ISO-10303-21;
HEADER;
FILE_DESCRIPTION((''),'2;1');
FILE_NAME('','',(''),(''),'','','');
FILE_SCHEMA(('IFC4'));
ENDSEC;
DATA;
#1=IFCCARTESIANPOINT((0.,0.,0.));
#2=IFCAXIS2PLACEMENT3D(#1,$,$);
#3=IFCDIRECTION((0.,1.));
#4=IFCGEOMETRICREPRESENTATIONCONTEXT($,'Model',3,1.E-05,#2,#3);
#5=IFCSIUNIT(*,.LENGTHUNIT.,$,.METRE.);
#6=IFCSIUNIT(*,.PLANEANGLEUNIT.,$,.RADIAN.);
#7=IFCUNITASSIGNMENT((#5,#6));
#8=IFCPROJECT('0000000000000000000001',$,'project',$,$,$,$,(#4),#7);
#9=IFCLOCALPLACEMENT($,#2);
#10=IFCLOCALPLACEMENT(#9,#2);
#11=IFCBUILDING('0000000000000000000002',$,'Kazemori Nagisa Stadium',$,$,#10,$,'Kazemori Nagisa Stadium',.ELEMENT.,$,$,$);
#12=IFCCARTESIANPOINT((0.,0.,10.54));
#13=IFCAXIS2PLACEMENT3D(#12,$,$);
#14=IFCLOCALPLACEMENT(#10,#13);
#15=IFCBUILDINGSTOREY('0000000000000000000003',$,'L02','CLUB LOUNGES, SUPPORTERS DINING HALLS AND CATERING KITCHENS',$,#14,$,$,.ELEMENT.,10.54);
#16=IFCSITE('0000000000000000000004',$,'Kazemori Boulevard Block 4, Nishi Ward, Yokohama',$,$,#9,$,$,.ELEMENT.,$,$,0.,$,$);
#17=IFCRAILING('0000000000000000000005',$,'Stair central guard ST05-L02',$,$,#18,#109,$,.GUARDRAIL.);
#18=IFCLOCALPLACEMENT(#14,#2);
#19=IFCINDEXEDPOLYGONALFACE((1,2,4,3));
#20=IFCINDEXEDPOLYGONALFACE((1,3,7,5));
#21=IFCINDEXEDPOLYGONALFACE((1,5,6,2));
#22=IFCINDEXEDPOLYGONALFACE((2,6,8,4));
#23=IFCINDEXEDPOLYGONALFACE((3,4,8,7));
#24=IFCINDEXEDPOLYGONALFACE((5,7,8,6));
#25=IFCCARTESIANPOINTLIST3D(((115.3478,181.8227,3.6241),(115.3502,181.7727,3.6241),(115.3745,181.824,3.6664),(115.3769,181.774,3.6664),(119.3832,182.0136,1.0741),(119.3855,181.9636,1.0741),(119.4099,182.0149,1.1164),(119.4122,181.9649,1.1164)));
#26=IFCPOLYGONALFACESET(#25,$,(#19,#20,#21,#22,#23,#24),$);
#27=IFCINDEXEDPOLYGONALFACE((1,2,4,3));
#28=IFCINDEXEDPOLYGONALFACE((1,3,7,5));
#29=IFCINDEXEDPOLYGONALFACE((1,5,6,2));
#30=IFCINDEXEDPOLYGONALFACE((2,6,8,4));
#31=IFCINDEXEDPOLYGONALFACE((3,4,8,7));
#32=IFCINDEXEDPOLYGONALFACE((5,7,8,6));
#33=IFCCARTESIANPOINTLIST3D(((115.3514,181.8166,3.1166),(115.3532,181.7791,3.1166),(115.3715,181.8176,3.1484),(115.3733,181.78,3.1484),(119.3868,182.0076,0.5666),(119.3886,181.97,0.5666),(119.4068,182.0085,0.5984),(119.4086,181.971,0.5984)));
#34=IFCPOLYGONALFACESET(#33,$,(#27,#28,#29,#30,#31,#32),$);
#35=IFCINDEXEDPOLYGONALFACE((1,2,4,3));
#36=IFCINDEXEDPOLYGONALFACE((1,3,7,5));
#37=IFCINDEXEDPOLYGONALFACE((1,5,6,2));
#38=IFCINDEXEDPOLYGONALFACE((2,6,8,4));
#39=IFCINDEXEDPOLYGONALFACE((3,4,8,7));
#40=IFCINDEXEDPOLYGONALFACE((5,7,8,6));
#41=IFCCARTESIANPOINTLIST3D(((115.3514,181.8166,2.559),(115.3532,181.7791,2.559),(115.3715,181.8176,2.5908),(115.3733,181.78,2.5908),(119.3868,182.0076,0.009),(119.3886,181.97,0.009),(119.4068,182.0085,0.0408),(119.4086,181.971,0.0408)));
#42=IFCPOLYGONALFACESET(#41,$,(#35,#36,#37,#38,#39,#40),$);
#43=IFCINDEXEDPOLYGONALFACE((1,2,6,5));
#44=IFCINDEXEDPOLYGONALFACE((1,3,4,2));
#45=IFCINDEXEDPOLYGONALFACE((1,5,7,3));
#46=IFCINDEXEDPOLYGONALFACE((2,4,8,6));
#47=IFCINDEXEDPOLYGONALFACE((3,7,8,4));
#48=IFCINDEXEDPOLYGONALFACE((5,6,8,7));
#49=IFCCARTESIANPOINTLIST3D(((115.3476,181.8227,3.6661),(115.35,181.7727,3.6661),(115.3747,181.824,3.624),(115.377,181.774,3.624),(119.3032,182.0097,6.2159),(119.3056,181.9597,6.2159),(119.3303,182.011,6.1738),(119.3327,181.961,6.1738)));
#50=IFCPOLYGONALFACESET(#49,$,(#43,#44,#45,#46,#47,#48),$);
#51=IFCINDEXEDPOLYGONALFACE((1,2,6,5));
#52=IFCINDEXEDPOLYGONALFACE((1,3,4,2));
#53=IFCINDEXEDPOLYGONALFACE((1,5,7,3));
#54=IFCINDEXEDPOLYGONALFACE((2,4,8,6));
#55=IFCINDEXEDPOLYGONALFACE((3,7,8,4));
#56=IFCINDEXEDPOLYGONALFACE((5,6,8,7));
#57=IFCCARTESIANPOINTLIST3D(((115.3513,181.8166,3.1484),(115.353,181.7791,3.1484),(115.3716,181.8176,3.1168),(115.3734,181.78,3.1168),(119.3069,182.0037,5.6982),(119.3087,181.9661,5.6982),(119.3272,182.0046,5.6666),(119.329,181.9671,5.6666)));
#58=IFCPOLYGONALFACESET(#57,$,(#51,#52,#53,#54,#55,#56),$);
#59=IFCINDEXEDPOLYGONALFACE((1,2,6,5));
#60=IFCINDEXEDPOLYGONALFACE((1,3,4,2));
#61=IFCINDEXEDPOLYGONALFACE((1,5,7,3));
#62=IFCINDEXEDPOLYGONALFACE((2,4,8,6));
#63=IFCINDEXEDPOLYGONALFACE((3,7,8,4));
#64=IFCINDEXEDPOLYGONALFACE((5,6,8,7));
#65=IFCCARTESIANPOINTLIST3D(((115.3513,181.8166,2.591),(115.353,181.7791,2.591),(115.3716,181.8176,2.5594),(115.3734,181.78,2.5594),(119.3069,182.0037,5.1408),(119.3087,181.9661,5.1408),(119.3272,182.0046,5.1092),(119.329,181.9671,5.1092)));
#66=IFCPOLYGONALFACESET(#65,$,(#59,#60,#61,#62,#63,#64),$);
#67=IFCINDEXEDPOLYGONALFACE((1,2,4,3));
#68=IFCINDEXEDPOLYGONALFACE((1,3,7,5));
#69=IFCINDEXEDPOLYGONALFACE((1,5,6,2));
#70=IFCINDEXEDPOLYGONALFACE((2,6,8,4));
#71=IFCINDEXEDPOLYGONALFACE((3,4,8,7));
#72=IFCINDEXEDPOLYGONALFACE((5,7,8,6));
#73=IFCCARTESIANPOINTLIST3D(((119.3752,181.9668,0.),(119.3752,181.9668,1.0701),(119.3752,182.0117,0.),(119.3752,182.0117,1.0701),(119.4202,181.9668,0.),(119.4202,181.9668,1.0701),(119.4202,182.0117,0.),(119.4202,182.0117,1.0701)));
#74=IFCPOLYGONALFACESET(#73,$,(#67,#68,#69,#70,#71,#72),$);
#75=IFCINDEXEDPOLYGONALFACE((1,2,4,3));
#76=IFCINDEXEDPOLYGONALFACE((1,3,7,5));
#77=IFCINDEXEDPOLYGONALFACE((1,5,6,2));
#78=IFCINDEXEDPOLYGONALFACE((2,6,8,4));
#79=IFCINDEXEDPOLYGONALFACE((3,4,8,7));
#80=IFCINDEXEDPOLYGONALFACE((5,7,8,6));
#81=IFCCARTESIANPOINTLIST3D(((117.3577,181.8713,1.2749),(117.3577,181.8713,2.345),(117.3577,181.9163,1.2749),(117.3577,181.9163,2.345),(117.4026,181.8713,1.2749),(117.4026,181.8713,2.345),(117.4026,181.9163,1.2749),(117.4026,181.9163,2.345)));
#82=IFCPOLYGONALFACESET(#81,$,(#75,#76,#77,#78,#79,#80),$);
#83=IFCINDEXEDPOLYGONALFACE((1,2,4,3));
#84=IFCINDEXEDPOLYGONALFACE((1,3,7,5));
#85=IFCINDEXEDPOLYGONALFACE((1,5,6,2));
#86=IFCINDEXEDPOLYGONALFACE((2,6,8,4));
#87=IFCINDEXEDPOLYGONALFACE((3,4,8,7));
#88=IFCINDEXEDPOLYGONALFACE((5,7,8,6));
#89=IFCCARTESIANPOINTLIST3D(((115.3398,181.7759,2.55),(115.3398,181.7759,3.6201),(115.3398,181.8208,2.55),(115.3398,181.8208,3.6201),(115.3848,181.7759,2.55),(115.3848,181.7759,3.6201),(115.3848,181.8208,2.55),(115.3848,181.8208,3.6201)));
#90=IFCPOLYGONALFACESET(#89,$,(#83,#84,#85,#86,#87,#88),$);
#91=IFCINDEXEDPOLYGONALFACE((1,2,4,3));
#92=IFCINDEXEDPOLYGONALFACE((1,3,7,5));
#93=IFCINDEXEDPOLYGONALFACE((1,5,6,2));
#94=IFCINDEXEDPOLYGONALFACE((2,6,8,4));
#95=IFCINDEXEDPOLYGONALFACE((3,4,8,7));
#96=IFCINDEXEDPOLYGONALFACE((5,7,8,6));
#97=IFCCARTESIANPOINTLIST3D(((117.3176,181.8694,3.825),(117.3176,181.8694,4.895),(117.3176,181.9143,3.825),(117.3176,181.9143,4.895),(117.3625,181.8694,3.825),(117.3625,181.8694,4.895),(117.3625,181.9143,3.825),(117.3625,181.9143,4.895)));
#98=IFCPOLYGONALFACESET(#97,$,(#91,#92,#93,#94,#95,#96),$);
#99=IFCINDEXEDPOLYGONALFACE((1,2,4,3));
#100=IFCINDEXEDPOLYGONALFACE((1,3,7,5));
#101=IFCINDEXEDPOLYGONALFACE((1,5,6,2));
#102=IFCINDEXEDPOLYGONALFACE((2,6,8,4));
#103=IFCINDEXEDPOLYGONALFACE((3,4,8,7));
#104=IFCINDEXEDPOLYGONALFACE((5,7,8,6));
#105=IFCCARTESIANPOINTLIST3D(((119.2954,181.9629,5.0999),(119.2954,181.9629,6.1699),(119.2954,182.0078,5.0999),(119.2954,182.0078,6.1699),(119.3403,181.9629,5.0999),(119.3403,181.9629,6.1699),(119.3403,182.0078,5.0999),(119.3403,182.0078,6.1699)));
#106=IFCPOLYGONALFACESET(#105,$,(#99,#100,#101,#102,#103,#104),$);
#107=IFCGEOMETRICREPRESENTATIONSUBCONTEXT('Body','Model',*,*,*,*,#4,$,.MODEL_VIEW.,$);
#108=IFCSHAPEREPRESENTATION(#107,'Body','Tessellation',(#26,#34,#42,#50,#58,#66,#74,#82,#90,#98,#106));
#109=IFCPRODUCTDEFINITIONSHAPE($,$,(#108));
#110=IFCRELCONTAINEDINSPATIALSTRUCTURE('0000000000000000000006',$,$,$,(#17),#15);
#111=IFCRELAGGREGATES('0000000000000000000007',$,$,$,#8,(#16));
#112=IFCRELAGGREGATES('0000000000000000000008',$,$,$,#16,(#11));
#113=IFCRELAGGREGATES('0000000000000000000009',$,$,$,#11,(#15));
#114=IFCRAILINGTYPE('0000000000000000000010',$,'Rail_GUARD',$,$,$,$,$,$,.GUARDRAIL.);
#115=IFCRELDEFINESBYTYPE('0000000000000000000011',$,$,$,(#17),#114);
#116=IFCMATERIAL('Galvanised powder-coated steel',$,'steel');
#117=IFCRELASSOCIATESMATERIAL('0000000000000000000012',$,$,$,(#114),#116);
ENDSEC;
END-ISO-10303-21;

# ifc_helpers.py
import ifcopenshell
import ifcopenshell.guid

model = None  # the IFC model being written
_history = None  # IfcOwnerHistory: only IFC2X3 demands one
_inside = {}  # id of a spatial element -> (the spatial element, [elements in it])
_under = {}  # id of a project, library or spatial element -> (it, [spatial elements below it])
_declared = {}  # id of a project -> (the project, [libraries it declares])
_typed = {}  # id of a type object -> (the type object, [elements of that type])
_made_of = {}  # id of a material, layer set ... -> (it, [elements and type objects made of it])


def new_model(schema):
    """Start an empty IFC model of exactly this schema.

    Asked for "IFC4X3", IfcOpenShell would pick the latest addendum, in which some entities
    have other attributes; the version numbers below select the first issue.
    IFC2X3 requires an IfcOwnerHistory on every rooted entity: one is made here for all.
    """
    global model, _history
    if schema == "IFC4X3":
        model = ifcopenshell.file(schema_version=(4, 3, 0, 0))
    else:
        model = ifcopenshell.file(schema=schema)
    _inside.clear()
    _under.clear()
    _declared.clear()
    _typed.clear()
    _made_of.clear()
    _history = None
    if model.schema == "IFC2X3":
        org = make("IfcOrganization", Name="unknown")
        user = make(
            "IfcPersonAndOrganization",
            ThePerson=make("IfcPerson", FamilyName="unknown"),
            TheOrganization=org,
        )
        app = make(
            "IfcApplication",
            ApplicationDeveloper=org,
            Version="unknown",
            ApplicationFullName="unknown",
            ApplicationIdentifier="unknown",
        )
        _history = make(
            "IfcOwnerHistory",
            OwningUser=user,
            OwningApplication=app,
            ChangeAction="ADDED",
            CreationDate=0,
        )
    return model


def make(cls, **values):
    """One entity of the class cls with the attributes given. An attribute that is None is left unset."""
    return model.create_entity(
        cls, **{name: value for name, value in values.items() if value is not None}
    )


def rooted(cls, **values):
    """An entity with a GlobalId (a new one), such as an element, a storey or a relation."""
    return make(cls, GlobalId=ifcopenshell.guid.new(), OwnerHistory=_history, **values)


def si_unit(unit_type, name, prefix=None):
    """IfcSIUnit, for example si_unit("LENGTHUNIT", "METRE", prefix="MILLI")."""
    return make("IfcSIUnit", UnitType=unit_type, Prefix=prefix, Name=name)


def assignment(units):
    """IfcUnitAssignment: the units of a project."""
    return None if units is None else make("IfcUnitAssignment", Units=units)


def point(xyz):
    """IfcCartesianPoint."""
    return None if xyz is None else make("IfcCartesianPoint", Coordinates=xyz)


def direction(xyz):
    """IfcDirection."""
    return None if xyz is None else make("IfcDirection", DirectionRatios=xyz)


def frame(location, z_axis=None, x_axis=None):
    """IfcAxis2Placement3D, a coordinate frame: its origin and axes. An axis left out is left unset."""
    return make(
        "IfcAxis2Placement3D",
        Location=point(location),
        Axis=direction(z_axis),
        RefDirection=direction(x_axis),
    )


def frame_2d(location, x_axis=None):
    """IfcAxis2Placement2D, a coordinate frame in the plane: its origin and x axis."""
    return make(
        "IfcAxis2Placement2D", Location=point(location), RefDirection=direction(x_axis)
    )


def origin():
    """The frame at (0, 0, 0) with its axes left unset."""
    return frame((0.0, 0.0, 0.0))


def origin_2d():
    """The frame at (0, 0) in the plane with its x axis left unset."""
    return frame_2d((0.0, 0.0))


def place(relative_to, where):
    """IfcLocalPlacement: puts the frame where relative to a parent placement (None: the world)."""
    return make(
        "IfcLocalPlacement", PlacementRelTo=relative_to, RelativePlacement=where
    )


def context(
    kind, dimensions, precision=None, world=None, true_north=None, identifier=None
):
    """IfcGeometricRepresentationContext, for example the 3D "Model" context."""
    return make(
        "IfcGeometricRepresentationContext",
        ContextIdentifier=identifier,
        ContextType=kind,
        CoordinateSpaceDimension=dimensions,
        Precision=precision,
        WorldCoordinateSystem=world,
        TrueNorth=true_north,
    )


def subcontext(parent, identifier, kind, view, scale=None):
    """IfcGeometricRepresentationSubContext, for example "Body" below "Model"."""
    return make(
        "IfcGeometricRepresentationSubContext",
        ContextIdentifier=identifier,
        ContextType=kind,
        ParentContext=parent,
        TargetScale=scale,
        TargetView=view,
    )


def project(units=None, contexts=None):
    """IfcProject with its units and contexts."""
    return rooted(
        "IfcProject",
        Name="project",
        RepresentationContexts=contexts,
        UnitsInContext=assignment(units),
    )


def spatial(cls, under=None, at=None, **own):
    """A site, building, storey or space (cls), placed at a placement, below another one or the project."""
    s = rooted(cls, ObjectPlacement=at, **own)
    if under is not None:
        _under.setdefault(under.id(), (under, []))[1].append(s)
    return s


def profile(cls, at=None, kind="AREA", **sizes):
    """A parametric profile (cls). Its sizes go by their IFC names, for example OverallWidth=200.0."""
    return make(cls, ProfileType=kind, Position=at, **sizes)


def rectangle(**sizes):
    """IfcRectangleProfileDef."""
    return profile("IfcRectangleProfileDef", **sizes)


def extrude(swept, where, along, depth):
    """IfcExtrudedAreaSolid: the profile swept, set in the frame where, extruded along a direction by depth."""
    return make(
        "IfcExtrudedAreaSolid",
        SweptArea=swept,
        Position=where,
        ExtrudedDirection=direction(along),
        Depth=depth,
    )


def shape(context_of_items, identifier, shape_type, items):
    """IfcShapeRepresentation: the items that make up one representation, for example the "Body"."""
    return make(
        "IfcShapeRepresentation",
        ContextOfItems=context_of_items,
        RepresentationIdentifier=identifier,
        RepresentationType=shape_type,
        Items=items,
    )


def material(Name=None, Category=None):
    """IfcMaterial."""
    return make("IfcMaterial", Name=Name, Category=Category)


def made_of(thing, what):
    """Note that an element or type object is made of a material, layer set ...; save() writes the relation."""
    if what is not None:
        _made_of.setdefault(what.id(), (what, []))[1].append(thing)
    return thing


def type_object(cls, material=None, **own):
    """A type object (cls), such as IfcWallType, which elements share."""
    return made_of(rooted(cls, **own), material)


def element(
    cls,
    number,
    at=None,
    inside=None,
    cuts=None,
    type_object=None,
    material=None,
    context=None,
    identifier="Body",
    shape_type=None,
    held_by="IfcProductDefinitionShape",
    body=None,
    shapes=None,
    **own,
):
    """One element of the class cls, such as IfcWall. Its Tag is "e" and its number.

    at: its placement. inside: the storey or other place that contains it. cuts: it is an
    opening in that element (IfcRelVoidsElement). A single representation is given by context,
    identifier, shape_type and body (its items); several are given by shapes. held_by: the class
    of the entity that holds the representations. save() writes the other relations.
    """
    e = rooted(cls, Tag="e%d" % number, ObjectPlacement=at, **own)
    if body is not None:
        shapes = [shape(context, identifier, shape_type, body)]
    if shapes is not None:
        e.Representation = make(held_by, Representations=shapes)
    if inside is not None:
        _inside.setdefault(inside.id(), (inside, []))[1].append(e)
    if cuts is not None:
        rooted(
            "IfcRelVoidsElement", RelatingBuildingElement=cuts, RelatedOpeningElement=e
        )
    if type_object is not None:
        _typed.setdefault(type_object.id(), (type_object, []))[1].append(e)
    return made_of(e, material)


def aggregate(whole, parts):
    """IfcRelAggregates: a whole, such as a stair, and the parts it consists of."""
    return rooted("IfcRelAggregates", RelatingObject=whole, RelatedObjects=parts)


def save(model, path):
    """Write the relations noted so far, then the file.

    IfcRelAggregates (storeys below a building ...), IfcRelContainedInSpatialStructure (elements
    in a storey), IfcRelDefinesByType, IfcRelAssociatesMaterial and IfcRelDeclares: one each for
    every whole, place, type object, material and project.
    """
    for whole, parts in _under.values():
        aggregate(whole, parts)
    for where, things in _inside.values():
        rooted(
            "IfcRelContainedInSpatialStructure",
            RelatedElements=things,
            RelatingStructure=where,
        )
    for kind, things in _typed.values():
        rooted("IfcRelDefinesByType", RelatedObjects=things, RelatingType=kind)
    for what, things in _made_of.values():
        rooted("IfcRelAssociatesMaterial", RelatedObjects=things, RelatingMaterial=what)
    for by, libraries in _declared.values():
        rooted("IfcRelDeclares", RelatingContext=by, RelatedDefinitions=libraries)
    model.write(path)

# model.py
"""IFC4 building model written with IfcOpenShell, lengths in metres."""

from ifc_helpers import new_model, si_unit, direction, frame, origin, origin_2d, place, context, subcontext, project, spatial, rectangle, extrude, material, type_object, element, save


model = new_model("IFC4")

# Units and contexts
model_context = context("Model", 3, precision=1e-05, world=origin(), true_north=direction((0.0, 1.0)))
body_context = subcontext(model_context, "Body", "Model", "MODEL_VIEW")
ifc_project = project(units=[si_unit("LENGTHUNIT", "METRE"), si_unit("PLANEANGLEUNIT", "RADIAN")], contexts=[model_context])

# Site, building, storey
site_placement = place(None, origin())
site = spatial("IfcSite", under=ifc_project, at=site_placement, Name="Kazemori Boulevard Block 4, Nishi Ward, Yokohama", CompositionType="ELEMENT", RefElevation=0.0)
building_placement = place(site_placement, origin())
building = spatial("IfcBuilding", under=site, at=building_placement, Name="Kazemori Nagisa Stadium", LongName="Kazemori Nagisa Stadium", CompositionType="ELEMENT")
storey_placement = place(building_placement, frame((0.0, 0.0, 10.54)))
storey = spatial("IfcBuildingStorey", under=building, at=storey_placement, Name="L02", Description="CLUB LOUNGES, SUPPORTERS DINING HALLS AND CATERING KITCHENS", CompositionType="ELEMENT", Elevation=10.54)

# Railing
ifc_material_1 = material(Name="Galvanised powder-coated steel", Category="steel")
railing_type_1 = type_object("IfcRailingType", Name="Rail_GUARD", PredefinedType="GUARDRAIL", material=ifc_material_1)
railing_1_placement = place(storey_placement, frame((119.3977, 181.9893, 0.0)))
element("IfcRailing", 1, at=railing_1_placement, inside=storey, type_object=railing_type_1, Name="Stair central guard ST05-L02", PredefinedType="GUARDRAIL", context=body_context, shape_type="SweptSolid", body=[
    extrude(rectangle(XDim=0.05, YDim=0.05, at=origin_2d()), frame((0.0, 0.0, 1.0952), z_axis=(-0.844684, -0.039963, 0.533772), x_axis=(0.047258, -0.998883, 0.0)), (0.0, 0.0, 1.0), 4.7773),
    extrude(rectangle(XDim=0.0376, YDim=0.0376, at=origin_2d()), frame((0.0, 0.0, 0.5825), z_axis=(-0.844684, -0.039963, 0.533772), x_axis=(0.047258, -0.998883, 0.0)), (0.0, 0.0, 1.0), 4.7773),
    extrude(rectangle(XDim=0.0376, YDim=0.0376, at=origin_2d()), frame((0.0, 0.0, 0.0249), z_axis=(-0.844684, -0.039963, 0.533772), x_axis=(0.047258, -0.998883, 0.0)), (0.0, 0.0, 1.0), 4.7773),
    extrude(rectangle(XDim=0.05, YDim=0.05, at=origin_2d()), frame((-4.0354, -0.1909, 3.645), z_axis=(0.839844, 0.039706, 0.541373), x_axis=(-0.047225, 0.998884, 0.0)), (0.0, 0.0, 1.0), 4.71),
    extrude(rectangle(XDim=0.0376, YDim=0.0376, at=origin_2d()), frame((-4.0354, -0.1909, 3.1326), z_axis=(0.839844, 0.039706, 0.541373), x_axis=(-0.047225, 0.998884, 0.0)), (0.0, 0.0, 1.0), 4.71),
    extrude(rectangle(XDim=0.0376, YDim=0.0376, at=origin_2d()), frame((-4.0354, -0.1909, 2.5752), z_axis=(0.839844, 0.039706, 0.541373), x_axis=(-0.047225, 0.998884, 0.0)), (0.0, 0.0, 1.0), 4.71),
    extrude(rectangle(XDim=0.0449, YDim=0.0449, at=origin_2d()), origin(), (0.0, 0.0, 1.0), 1.0701),
    extrude(rectangle(XDim=0.0449, YDim=0.0449, at=origin_2d()), frame((-2.0176, -0.0955, 1.2749)), (0.0, 0.0, 1.0), 1.0701),
    extrude(rectangle(XDim=0.0449, YDim=0.0449, at=origin_2d()), frame((-4.0354, -0.1909, 2.55)), (0.0, 0.0, 1.0), 1.0701),
    extrude(rectangle(XDim=0.0449, YDim=0.0449, at=origin_2d()), frame((-2.0576, -0.0974, 3.825)), (0.0, 0.0, 1.0), 1.0701),
    extrude(rectangle(XDim=0.0449, YDim=0.0449, at=origin_2d()), frame((-0.0798, -0.0039, 5.0999)), (0.0, 0.0, 1.0), 1.0701),
])

save(model, "model.ifc")
